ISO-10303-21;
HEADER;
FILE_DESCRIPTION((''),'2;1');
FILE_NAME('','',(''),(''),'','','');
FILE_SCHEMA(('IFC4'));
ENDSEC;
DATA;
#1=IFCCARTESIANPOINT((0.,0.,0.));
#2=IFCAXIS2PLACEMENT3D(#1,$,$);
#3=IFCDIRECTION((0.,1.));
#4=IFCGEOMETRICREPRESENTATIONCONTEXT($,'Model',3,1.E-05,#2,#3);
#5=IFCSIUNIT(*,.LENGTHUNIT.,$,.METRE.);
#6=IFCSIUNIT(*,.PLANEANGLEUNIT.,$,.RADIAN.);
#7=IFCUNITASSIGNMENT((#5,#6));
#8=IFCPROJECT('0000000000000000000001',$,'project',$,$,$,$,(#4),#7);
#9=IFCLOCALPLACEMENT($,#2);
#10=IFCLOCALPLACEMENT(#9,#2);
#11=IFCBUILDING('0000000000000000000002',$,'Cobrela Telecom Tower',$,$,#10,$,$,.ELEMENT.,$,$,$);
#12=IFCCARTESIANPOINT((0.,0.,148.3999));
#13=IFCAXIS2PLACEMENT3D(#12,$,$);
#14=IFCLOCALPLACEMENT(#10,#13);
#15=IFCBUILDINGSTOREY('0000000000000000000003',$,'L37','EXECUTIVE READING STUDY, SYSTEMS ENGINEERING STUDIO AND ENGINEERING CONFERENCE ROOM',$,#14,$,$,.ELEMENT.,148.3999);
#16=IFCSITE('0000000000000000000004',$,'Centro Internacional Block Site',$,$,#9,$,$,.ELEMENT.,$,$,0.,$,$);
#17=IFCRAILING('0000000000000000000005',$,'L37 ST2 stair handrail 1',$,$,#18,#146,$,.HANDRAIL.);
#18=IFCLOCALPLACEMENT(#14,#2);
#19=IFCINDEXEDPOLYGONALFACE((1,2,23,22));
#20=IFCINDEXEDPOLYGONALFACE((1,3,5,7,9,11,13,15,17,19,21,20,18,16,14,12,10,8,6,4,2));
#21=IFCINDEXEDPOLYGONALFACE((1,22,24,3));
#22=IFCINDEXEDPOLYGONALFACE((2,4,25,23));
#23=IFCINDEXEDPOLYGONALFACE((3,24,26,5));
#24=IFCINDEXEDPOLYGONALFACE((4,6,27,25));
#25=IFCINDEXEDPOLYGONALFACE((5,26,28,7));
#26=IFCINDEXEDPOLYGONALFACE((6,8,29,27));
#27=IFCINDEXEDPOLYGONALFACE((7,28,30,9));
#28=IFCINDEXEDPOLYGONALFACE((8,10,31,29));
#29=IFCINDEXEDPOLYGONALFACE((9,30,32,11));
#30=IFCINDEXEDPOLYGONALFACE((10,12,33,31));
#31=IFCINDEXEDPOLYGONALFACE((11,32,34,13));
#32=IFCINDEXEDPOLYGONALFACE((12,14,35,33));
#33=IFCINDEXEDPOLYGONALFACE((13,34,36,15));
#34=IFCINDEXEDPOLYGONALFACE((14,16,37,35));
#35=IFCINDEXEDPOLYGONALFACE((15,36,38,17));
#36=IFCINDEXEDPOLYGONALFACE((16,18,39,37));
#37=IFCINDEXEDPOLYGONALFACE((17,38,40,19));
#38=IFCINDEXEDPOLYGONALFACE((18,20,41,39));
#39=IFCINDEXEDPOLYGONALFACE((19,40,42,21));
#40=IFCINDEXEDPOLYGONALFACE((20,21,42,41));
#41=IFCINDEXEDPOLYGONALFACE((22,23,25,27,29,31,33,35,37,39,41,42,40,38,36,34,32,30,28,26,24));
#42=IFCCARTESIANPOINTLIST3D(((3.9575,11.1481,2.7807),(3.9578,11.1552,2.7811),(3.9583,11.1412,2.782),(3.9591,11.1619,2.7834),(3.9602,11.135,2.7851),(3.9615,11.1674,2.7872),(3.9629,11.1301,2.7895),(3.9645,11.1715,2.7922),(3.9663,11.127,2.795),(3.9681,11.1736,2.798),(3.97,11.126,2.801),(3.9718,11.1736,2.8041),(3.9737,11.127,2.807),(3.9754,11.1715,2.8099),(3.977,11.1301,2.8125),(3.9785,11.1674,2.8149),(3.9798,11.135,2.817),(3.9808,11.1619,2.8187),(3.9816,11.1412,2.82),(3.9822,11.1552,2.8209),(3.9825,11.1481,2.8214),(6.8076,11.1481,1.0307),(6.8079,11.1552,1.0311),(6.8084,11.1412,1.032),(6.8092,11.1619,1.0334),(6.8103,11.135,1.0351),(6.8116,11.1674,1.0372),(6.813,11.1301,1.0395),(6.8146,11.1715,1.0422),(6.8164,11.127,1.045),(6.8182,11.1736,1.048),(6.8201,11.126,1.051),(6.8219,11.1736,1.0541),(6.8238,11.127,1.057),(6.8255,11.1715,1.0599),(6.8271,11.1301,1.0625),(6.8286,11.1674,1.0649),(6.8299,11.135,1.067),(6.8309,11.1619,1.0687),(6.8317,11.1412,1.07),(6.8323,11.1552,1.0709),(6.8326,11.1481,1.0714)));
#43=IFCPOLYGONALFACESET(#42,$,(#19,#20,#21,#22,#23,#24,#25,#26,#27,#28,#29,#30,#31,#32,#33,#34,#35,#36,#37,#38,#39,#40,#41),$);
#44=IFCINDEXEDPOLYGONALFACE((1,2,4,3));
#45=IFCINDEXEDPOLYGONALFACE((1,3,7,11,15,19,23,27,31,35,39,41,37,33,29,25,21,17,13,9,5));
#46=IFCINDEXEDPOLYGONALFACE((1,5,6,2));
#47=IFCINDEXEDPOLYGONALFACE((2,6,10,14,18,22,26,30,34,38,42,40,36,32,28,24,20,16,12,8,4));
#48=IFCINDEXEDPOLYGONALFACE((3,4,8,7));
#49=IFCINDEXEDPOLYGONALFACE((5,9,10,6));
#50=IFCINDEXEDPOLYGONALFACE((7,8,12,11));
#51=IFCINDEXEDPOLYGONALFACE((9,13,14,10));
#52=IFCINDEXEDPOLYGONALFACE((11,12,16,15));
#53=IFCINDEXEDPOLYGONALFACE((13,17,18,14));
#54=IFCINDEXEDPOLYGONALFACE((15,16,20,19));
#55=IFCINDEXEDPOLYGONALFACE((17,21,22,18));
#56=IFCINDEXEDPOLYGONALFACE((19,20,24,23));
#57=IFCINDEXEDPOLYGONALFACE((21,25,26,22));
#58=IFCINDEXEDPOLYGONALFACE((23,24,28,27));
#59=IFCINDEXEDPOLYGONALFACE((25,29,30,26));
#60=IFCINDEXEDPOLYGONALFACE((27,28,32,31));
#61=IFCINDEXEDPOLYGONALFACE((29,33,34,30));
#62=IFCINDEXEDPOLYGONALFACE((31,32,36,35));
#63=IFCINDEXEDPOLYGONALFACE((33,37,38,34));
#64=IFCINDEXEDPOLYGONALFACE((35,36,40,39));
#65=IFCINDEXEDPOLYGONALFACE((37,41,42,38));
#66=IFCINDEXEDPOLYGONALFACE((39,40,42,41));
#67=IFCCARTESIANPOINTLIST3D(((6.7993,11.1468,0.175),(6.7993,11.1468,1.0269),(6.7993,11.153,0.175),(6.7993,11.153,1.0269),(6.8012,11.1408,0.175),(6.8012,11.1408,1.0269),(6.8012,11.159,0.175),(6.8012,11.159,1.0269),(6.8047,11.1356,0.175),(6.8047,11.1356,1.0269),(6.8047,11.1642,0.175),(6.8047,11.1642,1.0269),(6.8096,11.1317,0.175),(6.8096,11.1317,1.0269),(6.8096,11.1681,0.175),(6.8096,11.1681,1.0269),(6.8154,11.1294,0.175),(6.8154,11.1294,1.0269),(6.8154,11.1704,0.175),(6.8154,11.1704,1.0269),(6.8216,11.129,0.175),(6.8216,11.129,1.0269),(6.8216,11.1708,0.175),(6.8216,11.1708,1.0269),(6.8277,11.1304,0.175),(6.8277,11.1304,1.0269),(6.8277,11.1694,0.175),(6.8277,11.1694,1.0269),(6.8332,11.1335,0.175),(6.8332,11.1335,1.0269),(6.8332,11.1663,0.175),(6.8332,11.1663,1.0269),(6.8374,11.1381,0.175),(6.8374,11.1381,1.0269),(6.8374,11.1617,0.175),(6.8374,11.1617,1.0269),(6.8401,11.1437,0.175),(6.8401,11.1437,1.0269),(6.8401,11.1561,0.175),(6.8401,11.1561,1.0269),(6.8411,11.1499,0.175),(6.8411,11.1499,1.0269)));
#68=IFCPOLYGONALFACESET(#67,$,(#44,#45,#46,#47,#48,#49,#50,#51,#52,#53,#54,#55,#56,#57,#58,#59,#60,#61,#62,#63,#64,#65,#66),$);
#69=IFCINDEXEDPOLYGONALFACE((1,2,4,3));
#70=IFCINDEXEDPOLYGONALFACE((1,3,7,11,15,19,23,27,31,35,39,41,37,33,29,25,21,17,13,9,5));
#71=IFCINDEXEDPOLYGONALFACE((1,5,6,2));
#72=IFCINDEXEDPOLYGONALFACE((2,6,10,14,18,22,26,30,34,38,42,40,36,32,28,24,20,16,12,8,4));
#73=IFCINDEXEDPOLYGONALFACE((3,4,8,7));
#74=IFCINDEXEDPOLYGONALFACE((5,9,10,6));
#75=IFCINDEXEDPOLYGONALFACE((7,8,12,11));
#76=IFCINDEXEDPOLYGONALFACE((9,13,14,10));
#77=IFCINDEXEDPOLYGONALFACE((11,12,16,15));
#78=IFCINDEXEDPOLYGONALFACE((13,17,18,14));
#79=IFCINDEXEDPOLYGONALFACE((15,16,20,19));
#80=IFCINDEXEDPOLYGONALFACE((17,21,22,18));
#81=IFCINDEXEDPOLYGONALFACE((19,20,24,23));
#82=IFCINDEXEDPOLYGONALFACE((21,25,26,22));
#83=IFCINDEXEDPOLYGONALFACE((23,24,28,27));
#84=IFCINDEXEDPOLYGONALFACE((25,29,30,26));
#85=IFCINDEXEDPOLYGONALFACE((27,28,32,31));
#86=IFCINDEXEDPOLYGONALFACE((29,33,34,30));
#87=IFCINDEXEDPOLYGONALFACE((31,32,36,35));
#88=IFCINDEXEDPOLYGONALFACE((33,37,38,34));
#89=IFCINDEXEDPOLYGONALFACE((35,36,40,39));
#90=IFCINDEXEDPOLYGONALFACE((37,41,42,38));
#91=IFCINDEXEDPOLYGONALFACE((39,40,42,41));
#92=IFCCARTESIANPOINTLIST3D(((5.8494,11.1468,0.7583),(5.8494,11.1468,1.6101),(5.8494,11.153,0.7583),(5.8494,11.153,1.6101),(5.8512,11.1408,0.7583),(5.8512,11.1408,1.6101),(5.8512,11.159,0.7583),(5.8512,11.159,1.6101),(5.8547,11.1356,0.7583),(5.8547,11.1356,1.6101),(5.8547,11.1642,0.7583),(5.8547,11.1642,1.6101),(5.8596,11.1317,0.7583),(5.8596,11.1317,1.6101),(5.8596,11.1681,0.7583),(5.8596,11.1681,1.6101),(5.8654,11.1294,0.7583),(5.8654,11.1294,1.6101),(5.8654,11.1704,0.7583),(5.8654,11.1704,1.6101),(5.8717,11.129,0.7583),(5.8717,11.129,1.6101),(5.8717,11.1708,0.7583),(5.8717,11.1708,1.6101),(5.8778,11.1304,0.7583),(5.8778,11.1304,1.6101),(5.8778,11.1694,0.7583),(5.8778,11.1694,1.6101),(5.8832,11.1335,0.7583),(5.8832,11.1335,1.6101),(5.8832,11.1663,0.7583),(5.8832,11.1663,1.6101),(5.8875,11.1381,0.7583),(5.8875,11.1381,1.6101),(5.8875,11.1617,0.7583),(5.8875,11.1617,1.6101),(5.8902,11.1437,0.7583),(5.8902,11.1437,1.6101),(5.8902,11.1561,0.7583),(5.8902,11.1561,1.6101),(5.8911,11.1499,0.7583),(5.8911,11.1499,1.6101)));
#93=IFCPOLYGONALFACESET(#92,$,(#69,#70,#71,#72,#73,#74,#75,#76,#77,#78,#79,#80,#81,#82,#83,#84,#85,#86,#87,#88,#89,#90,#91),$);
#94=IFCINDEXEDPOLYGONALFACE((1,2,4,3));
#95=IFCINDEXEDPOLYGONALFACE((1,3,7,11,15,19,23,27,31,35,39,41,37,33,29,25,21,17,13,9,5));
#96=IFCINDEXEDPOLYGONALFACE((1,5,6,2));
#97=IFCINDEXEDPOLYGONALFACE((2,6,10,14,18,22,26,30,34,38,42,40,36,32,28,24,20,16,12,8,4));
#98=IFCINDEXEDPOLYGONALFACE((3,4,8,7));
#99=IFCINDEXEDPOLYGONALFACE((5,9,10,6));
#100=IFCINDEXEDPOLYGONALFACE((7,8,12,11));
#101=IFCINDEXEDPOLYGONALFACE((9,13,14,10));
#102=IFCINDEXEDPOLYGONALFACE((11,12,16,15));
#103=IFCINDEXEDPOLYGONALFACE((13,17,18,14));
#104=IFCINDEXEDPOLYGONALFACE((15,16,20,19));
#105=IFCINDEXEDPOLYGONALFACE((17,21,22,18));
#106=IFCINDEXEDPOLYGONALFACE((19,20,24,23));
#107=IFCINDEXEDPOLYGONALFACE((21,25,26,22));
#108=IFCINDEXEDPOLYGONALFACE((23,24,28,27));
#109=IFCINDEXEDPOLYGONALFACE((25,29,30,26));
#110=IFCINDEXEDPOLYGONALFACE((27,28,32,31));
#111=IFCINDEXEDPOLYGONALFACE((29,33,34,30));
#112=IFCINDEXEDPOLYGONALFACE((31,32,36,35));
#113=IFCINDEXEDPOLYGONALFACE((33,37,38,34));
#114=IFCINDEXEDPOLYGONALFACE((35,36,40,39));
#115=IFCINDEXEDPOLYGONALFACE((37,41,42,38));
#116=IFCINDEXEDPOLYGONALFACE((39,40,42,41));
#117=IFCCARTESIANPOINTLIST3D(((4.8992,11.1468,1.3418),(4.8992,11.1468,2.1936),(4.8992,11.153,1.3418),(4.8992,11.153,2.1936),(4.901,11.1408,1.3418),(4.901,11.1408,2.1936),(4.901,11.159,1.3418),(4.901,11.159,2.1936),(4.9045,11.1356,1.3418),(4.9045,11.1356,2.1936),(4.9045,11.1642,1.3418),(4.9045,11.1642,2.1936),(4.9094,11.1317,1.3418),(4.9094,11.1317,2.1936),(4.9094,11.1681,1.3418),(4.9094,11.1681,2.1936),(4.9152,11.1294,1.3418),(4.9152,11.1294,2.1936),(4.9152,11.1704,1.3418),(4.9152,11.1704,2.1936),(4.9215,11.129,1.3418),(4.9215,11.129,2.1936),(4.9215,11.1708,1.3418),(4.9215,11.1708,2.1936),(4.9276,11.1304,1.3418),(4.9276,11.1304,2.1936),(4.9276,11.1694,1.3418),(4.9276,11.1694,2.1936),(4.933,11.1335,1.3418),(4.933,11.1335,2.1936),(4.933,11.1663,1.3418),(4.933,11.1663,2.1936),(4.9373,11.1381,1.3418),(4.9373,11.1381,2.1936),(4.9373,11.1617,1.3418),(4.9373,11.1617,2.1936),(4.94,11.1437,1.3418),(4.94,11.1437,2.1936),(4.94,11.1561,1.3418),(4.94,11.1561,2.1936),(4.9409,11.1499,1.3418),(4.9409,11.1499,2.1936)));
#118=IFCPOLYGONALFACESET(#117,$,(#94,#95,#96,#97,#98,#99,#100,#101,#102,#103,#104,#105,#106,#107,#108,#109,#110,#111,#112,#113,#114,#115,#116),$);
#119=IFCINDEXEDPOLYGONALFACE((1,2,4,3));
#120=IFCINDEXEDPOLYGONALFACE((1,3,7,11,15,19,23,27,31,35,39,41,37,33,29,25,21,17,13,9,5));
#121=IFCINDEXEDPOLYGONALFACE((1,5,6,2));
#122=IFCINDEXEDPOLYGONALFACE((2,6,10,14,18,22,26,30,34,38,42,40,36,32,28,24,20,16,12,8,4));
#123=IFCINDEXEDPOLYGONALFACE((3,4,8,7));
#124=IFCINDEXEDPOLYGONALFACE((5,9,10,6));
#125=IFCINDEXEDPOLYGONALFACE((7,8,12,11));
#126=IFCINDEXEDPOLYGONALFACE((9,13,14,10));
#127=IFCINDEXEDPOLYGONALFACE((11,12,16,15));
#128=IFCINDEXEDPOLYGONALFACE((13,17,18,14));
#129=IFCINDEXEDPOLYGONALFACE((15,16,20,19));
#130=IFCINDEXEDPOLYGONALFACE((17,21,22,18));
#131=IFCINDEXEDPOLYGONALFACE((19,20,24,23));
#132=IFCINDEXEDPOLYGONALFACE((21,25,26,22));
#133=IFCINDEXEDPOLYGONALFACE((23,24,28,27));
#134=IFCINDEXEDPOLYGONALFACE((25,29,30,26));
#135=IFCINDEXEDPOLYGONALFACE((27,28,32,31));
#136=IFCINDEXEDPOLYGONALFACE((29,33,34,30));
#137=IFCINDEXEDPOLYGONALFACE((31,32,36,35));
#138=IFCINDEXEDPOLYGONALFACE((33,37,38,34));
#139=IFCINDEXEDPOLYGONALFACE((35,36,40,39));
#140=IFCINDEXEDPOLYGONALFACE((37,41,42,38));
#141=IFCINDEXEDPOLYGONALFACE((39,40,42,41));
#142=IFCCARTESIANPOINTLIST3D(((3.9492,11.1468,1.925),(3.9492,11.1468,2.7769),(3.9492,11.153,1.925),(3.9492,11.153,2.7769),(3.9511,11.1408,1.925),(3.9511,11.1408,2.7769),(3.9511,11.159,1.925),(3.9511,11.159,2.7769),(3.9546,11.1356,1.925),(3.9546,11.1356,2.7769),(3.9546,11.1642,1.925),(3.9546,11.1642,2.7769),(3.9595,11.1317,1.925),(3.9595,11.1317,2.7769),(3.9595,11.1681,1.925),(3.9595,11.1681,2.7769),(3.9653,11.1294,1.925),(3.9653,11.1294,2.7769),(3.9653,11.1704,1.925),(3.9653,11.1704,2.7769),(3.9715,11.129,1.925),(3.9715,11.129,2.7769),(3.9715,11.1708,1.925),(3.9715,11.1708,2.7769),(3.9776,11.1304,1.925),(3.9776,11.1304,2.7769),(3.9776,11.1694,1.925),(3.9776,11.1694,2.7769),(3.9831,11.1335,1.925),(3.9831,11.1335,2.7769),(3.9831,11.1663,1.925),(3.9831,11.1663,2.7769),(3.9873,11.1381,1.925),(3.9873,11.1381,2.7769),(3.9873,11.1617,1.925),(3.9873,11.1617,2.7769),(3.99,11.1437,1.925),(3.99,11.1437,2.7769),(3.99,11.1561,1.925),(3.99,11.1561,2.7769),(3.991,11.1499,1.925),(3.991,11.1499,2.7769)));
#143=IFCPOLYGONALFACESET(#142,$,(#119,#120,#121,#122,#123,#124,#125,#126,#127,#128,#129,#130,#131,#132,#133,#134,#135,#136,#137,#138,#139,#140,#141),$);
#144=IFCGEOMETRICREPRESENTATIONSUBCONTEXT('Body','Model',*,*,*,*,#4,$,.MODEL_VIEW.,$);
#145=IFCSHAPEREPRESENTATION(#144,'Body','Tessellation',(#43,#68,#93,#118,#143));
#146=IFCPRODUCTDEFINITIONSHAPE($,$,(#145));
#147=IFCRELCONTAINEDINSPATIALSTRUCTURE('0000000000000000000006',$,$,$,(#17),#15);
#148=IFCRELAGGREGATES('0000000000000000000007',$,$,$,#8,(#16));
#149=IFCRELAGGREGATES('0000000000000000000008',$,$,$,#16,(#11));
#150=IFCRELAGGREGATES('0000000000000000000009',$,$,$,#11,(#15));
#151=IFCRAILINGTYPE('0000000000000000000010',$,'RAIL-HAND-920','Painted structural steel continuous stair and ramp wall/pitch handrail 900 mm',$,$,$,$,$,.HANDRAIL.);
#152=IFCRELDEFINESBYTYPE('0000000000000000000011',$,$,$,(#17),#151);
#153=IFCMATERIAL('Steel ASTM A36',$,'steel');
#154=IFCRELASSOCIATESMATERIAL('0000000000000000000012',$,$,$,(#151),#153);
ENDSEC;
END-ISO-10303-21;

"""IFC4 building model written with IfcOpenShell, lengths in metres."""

from ifc_helpers import new_model, si_unit, direction, frame, origin, origin_2d, place, context, subcontext, project, spatial, circle, extrude, material, type_object, element, save


model = new_model("IFC4")

# Units and contexts
model_context = context("Model", 3, precision=1e-05, world=origin(), true_north=direction((0.0, 1.0)))
body_context = subcontext(model_context, "Body", "Model", "MODEL_VIEW")
ifc_project = project(units=[si_unit("LENGTHUNIT", "METRE"), si_unit("PLANEANGLEUNIT", "RADIAN")], contexts=[model_context])

# Site, building, storey
site_placement = place(None, origin())
site = spatial("IfcSite", under=ifc_project, at=site_placement, Name="Centro Internacional Block Site", CompositionType="ELEMENT", RefElevation=0.0)
building_placement = place(site_placement, origin())
building = spatial("IfcBuilding", under=site, at=building_placement, Name="Cobrela Telecom Tower", CompositionType="ELEMENT")
storey_placement = place(building_placement, frame((0.0, 0.0, 148.3999)))
storey = spatial("IfcBuildingStorey", under=building, at=storey_placement, Name="L37", Description="EXECUTIVE READING STUDY, SYSTEMS ENGINEERING STUDIO AND ENGINEERING CONFERENCE ROOM", CompositionType="ELEMENT", Elevation=148.3999)

# Shared definitions
ifc_material_1 = material(Name="Steel ASTM A36", Category="steel")

# Railing
railing_type_1 = type_object("IfcRailingType", Name="RAIL-HAND-920", Description="Painted structural steel continuous stair and ramp wall/pitch handrail 900 mm", PredefinedType="HANDRAIL", material=ifc_material_1)
railing_1_placement = place(storey_placement, frame((6.8201, 11.1499, 0.175)))
element("IfcRailing", 1, at=railing_1_placement, inside=storey, type_object=railing_type_1, Name="L37 ST2 stair handrail 1", PredefinedType="HANDRAIL", context=body_context, shape_type="SweptSolid", body=[
    extrude(circle(Radius=0.0239, at=origin_2d()), frame((0.0, 0.0, 0.876), z_axis=(-0.852179, 0.0, 0.52325), x_axis=(0.0, -1.0, 0.0)), (0.0, 0.0, 1.0), 3.3445),
    extrude(circle(Radius=0.021, at=origin_2d()), origin(), (0.0, 0.0, 1.0), 0.8518),
    extrude(circle(Radius=0.021, at=origin_2d()), frame((-0.95, 0.0, 0.5833)), (0.0, 0.0, 1.0), 0.8518),
    extrude(circle(Radius=0.021, at=origin_2d()), frame((-1.9001, 0.0, 1.1667)), (0.0, 0.0, 1.0), 0.8518),
    extrude(circle(Radius=0.021, at=origin_2d()), frame((-2.8501, 0.0, 1.75)), (0.0, 0.0, 1.0), 0.8518),
])

save(model, "model.ifc")
